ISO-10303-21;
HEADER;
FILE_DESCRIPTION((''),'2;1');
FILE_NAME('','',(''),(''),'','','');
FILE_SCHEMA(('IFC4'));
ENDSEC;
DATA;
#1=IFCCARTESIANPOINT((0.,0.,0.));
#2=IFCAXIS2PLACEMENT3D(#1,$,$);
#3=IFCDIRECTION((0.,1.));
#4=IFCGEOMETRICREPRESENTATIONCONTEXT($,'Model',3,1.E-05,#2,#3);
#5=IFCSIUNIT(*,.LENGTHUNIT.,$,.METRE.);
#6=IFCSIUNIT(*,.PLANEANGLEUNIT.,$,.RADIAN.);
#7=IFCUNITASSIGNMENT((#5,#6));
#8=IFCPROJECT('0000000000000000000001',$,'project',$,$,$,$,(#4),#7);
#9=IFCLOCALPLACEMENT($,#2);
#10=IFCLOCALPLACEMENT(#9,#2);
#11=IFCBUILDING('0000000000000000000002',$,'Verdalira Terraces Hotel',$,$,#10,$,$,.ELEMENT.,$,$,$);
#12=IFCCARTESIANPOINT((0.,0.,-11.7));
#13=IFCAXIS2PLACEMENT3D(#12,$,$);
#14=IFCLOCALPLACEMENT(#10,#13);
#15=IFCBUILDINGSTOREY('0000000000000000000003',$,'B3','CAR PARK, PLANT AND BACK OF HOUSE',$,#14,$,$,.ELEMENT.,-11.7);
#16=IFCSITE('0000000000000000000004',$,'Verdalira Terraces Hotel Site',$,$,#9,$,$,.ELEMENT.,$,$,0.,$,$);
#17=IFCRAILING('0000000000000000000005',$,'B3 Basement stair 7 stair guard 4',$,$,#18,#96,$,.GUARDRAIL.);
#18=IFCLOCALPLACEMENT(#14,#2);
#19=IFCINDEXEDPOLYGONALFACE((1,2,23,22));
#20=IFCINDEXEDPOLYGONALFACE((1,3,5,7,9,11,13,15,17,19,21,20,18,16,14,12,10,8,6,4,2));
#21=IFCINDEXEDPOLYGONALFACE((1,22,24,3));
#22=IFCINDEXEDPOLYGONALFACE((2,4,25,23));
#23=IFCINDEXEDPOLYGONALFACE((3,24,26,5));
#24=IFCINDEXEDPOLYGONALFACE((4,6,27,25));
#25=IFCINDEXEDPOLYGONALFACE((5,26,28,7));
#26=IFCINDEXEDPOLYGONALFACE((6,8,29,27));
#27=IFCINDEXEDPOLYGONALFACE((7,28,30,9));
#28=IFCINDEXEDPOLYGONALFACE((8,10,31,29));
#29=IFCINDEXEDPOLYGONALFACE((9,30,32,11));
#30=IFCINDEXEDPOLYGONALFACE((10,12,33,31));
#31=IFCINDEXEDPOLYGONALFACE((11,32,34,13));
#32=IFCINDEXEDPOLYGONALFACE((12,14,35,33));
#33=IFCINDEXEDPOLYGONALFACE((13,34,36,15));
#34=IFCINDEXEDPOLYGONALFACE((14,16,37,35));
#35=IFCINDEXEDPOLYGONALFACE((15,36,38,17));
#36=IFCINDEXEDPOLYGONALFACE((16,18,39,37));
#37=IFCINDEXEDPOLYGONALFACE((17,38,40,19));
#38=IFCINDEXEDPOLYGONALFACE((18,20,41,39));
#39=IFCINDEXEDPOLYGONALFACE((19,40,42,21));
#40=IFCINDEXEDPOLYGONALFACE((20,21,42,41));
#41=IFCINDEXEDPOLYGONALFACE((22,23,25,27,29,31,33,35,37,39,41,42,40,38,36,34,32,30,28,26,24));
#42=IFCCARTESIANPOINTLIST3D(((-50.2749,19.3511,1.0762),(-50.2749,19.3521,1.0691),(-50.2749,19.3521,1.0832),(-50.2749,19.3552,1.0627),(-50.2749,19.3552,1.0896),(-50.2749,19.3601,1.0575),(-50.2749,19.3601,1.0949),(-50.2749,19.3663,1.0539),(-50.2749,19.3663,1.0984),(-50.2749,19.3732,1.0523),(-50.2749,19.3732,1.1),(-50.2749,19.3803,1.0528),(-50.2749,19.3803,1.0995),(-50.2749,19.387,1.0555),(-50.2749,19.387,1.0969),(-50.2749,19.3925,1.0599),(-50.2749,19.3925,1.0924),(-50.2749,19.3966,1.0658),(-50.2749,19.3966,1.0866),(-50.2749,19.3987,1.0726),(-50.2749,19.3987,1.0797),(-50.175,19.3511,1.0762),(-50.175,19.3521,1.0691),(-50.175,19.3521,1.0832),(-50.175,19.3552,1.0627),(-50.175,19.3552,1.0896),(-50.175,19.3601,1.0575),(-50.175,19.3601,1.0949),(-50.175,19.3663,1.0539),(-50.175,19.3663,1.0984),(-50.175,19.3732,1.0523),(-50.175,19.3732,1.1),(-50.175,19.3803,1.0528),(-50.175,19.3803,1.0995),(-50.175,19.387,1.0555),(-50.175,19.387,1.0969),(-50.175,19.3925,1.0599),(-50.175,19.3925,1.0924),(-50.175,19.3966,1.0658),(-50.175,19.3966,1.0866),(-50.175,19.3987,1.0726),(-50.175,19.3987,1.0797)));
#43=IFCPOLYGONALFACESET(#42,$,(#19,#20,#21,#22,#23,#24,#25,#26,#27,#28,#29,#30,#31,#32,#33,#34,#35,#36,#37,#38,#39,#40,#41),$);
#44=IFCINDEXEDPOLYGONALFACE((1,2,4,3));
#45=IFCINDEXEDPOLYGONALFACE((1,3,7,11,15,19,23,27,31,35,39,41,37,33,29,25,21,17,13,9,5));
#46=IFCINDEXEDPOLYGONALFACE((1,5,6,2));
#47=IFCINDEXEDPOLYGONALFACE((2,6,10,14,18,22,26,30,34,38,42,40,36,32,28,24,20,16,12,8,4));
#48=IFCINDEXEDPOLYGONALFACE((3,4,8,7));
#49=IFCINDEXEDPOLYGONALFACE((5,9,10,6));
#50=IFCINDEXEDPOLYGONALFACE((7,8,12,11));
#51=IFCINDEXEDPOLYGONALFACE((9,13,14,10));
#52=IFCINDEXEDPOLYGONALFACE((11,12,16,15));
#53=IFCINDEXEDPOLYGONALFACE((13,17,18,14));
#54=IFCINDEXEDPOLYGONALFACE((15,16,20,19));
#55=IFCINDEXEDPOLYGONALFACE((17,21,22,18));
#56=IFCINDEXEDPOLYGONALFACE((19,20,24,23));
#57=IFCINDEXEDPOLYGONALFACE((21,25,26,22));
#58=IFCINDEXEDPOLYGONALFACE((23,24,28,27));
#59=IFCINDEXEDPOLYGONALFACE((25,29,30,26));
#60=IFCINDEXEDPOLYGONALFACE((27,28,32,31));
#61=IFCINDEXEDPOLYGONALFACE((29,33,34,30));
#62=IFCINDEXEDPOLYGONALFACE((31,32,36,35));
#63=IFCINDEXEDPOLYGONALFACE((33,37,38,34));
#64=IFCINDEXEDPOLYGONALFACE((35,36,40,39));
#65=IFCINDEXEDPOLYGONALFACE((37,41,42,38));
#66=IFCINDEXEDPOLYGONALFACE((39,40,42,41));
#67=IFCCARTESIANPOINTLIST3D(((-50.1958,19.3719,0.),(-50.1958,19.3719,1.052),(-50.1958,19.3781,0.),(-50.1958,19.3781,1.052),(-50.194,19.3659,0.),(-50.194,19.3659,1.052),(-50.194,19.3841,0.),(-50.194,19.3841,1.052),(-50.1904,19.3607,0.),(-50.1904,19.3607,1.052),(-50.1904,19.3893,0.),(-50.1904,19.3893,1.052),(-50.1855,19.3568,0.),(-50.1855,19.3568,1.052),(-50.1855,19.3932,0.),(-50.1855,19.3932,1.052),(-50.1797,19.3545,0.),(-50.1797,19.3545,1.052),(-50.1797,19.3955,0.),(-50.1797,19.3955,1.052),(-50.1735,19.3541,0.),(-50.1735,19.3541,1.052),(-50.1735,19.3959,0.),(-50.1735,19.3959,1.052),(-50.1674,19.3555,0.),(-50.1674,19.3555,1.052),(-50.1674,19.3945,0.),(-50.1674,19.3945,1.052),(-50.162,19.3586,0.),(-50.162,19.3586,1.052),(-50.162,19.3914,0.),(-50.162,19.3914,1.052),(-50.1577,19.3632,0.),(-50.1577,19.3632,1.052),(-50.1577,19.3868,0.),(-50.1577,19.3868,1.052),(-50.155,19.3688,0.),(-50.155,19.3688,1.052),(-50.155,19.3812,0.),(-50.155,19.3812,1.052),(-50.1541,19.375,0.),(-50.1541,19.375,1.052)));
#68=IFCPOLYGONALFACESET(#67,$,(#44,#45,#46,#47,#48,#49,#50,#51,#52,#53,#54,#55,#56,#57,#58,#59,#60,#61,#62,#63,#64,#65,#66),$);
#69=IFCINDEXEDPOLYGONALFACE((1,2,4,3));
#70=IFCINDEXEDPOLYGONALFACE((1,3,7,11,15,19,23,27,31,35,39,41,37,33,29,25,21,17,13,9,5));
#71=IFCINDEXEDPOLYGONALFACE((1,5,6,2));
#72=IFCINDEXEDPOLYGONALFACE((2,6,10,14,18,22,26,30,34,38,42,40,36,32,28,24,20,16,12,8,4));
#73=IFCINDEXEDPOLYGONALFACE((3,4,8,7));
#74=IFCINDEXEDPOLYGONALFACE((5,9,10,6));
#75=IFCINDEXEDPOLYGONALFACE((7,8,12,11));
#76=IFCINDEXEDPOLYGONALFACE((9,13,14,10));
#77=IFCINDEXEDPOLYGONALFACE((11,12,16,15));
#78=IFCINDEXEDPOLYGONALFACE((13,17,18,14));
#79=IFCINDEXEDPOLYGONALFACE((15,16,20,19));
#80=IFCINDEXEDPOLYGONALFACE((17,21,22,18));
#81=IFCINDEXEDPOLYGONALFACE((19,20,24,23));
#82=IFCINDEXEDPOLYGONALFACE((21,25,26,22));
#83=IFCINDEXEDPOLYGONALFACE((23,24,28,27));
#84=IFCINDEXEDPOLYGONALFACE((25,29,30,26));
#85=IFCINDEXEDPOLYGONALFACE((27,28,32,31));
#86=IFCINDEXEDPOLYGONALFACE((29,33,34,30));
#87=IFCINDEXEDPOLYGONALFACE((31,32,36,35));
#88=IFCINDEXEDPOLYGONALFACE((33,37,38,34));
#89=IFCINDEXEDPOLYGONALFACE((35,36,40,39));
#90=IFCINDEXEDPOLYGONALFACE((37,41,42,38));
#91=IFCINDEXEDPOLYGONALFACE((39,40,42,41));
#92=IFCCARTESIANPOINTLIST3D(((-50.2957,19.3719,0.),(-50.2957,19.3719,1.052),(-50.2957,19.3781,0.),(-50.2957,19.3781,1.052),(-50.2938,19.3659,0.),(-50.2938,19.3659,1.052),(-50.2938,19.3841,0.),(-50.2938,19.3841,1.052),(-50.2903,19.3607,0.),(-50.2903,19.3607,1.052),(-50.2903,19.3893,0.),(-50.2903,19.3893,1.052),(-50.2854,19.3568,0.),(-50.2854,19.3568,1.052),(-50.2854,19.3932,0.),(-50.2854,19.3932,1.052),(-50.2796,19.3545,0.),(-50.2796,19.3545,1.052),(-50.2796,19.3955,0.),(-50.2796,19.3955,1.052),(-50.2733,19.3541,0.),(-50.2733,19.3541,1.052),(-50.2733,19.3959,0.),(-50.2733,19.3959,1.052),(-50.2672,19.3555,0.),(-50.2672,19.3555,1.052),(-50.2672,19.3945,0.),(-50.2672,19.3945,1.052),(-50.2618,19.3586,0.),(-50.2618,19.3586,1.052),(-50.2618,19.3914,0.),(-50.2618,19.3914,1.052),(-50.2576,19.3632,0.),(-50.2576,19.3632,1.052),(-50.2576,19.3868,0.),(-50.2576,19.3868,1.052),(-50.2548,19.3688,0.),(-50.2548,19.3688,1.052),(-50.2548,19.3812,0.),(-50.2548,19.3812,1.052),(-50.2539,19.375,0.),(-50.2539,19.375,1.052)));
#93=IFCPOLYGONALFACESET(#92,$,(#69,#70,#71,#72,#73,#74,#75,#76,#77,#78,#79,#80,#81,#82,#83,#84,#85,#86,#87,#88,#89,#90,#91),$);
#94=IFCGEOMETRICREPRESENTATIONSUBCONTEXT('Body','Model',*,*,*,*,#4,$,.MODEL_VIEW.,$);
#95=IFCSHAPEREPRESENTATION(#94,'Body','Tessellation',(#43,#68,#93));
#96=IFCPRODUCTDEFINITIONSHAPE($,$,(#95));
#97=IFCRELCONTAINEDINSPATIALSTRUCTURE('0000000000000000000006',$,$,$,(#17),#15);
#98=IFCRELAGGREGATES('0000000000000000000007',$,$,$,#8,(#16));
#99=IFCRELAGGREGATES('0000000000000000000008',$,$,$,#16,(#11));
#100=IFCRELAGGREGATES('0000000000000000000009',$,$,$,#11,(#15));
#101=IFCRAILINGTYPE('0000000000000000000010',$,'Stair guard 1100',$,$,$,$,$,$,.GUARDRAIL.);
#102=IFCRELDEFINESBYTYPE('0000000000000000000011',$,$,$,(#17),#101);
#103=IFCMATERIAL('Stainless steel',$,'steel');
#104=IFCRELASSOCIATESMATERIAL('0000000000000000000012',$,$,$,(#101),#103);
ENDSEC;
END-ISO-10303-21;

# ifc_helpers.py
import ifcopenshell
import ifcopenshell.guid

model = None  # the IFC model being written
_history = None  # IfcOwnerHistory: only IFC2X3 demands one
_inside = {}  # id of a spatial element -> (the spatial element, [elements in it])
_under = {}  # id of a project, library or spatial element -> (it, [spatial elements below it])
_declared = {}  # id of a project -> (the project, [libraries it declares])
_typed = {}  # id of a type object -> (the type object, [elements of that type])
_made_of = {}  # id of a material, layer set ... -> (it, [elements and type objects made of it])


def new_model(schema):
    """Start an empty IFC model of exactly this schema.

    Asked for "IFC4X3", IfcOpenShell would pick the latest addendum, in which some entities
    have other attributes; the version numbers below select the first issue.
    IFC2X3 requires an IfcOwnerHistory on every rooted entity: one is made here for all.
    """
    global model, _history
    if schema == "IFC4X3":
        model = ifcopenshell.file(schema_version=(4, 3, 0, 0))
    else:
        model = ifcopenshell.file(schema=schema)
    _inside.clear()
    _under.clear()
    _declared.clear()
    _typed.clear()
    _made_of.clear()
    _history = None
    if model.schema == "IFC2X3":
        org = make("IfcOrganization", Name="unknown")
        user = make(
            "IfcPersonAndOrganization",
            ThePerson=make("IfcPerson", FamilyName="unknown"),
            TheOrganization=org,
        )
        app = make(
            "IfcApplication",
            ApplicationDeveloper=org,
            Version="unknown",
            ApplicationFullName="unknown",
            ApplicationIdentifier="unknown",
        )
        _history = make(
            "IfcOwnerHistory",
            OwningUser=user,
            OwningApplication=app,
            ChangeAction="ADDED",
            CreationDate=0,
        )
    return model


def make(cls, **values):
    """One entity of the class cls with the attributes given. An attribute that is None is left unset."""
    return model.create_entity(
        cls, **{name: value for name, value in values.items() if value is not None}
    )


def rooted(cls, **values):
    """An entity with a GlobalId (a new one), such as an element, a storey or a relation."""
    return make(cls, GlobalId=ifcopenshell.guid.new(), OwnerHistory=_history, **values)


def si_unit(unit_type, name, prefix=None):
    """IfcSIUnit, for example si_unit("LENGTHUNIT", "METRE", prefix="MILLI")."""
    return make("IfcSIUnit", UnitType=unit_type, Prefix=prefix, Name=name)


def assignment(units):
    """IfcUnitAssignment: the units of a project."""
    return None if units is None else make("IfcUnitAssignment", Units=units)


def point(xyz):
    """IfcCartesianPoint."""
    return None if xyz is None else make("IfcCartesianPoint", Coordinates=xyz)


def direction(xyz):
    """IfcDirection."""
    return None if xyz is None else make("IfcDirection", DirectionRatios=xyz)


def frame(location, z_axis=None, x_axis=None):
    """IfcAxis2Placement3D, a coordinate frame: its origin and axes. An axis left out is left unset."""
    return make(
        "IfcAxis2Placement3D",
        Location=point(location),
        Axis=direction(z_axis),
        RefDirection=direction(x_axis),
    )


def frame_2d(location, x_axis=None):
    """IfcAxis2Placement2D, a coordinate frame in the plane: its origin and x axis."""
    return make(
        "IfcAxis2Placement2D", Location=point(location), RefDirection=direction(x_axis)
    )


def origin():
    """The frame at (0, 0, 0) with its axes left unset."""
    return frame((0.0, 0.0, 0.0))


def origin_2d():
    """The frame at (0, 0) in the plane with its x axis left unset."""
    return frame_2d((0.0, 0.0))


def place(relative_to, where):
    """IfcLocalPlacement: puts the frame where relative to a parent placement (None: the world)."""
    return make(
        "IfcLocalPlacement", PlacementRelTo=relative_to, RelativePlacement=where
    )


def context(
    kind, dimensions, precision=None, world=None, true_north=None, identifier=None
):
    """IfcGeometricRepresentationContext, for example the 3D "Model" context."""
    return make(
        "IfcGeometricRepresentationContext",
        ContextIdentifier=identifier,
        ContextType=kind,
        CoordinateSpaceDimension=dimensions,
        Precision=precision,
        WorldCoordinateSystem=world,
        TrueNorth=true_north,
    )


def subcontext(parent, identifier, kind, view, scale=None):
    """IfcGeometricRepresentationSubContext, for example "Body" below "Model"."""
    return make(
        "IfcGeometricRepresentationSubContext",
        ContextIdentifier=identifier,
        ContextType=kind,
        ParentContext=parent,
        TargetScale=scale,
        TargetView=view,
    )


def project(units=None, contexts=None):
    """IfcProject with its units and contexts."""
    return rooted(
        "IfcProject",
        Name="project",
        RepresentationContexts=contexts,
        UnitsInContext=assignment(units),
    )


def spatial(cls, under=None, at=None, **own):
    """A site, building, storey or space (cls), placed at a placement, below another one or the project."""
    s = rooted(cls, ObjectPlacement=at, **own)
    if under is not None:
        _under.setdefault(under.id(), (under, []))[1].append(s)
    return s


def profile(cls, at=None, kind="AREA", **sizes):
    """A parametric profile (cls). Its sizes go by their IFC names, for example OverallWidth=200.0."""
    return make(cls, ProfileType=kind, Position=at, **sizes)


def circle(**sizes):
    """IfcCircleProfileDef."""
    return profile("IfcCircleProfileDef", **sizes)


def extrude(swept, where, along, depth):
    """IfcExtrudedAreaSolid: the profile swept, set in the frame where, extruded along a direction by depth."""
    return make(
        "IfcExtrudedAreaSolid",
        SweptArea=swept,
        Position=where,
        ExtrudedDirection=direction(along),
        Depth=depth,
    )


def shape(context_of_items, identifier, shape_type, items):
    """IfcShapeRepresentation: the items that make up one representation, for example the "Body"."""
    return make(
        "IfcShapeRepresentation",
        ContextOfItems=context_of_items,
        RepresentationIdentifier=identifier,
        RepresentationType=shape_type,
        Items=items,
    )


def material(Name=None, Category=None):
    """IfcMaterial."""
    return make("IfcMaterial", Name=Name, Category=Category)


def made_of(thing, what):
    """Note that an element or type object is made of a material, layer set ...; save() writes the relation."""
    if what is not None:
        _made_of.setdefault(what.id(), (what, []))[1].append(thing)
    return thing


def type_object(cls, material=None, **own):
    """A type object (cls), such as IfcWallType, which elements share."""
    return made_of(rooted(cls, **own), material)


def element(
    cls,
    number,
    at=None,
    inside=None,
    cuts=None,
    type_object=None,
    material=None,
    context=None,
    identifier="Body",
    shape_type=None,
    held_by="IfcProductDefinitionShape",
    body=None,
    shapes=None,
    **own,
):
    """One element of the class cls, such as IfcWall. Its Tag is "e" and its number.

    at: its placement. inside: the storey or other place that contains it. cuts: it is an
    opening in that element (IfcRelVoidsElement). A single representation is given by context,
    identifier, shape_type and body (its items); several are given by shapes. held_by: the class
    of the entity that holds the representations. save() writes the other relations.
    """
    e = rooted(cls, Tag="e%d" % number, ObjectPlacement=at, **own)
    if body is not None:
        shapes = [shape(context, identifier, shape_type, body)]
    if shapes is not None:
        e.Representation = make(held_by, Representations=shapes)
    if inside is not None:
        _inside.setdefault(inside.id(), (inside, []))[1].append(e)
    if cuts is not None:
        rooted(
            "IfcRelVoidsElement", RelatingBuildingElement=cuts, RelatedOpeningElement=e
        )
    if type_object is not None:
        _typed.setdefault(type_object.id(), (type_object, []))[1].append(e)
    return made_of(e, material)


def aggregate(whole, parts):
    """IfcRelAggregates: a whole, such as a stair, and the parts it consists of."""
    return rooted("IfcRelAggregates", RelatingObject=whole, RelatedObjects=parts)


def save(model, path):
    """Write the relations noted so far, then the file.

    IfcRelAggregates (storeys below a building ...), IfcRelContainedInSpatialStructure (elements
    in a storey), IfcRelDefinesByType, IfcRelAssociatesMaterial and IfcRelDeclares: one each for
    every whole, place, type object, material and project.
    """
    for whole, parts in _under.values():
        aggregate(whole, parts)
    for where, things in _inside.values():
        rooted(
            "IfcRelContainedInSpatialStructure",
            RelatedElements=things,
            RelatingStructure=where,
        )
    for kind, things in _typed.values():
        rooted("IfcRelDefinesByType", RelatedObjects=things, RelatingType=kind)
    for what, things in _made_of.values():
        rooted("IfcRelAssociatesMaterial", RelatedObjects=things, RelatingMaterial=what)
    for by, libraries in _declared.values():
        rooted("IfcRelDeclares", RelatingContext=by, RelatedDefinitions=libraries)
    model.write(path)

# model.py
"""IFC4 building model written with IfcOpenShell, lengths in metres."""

from ifc_helpers import new_model, si_unit, direction, frame, origin, origin_2d, place, context, subcontext, project, spatial, circle, extrude, material, type_object, element, save


model = new_model("IFC4")

# Units and contexts
model_context = context("Model", 3, precision=1e-05, world=origin(), true_north=direction((0.0, 1.0)))
body_context = subcontext(model_context, "Body", "Model", "MODEL_VIEW")
ifc_project = project(units=[si_unit("LENGTHUNIT", "METRE"), si_unit("PLANEANGLEUNIT", "RADIAN")], contexts=[model_context])

# Site, building, storey
site_placement = place(None, origin())
site = spatial("IfcSite", under=ifc_project, at=site_placement, Name="Verdalira Terraces Hotel Site", CompositionType="ELEMENT", RefElevation=0.0)
building_placement = place(site_placement, origin())
building = spatial("IfcBuilding", under=site, at=building_placement, Name="Verdalira Terraces Hotel", CompositionType="ELEMENT")
storey_placement = place(building_placement, frame((0.0, 0.0, -11.7)))
storey = spatial("IfcBuildingStorey", under=building, at=storey_placement, Name="B3", Description="CAR PARK, PLANT AND BACK OF HOUSE", CompositionType="ELEMENT", Elevation=-11.7)

# Railing
ifc_material_1 = material(Name="Stainless steel", Category="steel")
railing_type_1 = type_object("IfcRailingType", Name="Stair guard 1100", PredefinedType="GUARDRAIL", material=ifc_material_1)
railing_1_placement = place(storey_placement, frame((-50.175, 19.375, 0.0)))
element("IfcRailing", 1, at=railing_1_placement, inside=storey, type_object=railing_type_1, Name="B3 Basement stair 7 stair guard 4", PredefinedType="GUARDRAIL", context=body_context, shape_type="SweptSolid", body=[
    extrude(circle(Radius=0.0239, at=origin_2d()), frame((0.0, 0.0, 1.0762), z_axis=(-1.0, 0.0, 0.0), x_axis=(0.0, -1.0, 0.0)), (0.0, 0.0, 1.0), 0.0999),
    extrude(circle(Radius=0.021, at=origin_2d()), origin(), (0.0, 0.0, 1.0), 1.052),
    extrude(circle(Radius=0.021, at=origin_2d()), frame((-0.0999, 0.0, 0.0)), (0.0, 0.0, 1.0), 1.052),
])

save(model, "model.ifc")
